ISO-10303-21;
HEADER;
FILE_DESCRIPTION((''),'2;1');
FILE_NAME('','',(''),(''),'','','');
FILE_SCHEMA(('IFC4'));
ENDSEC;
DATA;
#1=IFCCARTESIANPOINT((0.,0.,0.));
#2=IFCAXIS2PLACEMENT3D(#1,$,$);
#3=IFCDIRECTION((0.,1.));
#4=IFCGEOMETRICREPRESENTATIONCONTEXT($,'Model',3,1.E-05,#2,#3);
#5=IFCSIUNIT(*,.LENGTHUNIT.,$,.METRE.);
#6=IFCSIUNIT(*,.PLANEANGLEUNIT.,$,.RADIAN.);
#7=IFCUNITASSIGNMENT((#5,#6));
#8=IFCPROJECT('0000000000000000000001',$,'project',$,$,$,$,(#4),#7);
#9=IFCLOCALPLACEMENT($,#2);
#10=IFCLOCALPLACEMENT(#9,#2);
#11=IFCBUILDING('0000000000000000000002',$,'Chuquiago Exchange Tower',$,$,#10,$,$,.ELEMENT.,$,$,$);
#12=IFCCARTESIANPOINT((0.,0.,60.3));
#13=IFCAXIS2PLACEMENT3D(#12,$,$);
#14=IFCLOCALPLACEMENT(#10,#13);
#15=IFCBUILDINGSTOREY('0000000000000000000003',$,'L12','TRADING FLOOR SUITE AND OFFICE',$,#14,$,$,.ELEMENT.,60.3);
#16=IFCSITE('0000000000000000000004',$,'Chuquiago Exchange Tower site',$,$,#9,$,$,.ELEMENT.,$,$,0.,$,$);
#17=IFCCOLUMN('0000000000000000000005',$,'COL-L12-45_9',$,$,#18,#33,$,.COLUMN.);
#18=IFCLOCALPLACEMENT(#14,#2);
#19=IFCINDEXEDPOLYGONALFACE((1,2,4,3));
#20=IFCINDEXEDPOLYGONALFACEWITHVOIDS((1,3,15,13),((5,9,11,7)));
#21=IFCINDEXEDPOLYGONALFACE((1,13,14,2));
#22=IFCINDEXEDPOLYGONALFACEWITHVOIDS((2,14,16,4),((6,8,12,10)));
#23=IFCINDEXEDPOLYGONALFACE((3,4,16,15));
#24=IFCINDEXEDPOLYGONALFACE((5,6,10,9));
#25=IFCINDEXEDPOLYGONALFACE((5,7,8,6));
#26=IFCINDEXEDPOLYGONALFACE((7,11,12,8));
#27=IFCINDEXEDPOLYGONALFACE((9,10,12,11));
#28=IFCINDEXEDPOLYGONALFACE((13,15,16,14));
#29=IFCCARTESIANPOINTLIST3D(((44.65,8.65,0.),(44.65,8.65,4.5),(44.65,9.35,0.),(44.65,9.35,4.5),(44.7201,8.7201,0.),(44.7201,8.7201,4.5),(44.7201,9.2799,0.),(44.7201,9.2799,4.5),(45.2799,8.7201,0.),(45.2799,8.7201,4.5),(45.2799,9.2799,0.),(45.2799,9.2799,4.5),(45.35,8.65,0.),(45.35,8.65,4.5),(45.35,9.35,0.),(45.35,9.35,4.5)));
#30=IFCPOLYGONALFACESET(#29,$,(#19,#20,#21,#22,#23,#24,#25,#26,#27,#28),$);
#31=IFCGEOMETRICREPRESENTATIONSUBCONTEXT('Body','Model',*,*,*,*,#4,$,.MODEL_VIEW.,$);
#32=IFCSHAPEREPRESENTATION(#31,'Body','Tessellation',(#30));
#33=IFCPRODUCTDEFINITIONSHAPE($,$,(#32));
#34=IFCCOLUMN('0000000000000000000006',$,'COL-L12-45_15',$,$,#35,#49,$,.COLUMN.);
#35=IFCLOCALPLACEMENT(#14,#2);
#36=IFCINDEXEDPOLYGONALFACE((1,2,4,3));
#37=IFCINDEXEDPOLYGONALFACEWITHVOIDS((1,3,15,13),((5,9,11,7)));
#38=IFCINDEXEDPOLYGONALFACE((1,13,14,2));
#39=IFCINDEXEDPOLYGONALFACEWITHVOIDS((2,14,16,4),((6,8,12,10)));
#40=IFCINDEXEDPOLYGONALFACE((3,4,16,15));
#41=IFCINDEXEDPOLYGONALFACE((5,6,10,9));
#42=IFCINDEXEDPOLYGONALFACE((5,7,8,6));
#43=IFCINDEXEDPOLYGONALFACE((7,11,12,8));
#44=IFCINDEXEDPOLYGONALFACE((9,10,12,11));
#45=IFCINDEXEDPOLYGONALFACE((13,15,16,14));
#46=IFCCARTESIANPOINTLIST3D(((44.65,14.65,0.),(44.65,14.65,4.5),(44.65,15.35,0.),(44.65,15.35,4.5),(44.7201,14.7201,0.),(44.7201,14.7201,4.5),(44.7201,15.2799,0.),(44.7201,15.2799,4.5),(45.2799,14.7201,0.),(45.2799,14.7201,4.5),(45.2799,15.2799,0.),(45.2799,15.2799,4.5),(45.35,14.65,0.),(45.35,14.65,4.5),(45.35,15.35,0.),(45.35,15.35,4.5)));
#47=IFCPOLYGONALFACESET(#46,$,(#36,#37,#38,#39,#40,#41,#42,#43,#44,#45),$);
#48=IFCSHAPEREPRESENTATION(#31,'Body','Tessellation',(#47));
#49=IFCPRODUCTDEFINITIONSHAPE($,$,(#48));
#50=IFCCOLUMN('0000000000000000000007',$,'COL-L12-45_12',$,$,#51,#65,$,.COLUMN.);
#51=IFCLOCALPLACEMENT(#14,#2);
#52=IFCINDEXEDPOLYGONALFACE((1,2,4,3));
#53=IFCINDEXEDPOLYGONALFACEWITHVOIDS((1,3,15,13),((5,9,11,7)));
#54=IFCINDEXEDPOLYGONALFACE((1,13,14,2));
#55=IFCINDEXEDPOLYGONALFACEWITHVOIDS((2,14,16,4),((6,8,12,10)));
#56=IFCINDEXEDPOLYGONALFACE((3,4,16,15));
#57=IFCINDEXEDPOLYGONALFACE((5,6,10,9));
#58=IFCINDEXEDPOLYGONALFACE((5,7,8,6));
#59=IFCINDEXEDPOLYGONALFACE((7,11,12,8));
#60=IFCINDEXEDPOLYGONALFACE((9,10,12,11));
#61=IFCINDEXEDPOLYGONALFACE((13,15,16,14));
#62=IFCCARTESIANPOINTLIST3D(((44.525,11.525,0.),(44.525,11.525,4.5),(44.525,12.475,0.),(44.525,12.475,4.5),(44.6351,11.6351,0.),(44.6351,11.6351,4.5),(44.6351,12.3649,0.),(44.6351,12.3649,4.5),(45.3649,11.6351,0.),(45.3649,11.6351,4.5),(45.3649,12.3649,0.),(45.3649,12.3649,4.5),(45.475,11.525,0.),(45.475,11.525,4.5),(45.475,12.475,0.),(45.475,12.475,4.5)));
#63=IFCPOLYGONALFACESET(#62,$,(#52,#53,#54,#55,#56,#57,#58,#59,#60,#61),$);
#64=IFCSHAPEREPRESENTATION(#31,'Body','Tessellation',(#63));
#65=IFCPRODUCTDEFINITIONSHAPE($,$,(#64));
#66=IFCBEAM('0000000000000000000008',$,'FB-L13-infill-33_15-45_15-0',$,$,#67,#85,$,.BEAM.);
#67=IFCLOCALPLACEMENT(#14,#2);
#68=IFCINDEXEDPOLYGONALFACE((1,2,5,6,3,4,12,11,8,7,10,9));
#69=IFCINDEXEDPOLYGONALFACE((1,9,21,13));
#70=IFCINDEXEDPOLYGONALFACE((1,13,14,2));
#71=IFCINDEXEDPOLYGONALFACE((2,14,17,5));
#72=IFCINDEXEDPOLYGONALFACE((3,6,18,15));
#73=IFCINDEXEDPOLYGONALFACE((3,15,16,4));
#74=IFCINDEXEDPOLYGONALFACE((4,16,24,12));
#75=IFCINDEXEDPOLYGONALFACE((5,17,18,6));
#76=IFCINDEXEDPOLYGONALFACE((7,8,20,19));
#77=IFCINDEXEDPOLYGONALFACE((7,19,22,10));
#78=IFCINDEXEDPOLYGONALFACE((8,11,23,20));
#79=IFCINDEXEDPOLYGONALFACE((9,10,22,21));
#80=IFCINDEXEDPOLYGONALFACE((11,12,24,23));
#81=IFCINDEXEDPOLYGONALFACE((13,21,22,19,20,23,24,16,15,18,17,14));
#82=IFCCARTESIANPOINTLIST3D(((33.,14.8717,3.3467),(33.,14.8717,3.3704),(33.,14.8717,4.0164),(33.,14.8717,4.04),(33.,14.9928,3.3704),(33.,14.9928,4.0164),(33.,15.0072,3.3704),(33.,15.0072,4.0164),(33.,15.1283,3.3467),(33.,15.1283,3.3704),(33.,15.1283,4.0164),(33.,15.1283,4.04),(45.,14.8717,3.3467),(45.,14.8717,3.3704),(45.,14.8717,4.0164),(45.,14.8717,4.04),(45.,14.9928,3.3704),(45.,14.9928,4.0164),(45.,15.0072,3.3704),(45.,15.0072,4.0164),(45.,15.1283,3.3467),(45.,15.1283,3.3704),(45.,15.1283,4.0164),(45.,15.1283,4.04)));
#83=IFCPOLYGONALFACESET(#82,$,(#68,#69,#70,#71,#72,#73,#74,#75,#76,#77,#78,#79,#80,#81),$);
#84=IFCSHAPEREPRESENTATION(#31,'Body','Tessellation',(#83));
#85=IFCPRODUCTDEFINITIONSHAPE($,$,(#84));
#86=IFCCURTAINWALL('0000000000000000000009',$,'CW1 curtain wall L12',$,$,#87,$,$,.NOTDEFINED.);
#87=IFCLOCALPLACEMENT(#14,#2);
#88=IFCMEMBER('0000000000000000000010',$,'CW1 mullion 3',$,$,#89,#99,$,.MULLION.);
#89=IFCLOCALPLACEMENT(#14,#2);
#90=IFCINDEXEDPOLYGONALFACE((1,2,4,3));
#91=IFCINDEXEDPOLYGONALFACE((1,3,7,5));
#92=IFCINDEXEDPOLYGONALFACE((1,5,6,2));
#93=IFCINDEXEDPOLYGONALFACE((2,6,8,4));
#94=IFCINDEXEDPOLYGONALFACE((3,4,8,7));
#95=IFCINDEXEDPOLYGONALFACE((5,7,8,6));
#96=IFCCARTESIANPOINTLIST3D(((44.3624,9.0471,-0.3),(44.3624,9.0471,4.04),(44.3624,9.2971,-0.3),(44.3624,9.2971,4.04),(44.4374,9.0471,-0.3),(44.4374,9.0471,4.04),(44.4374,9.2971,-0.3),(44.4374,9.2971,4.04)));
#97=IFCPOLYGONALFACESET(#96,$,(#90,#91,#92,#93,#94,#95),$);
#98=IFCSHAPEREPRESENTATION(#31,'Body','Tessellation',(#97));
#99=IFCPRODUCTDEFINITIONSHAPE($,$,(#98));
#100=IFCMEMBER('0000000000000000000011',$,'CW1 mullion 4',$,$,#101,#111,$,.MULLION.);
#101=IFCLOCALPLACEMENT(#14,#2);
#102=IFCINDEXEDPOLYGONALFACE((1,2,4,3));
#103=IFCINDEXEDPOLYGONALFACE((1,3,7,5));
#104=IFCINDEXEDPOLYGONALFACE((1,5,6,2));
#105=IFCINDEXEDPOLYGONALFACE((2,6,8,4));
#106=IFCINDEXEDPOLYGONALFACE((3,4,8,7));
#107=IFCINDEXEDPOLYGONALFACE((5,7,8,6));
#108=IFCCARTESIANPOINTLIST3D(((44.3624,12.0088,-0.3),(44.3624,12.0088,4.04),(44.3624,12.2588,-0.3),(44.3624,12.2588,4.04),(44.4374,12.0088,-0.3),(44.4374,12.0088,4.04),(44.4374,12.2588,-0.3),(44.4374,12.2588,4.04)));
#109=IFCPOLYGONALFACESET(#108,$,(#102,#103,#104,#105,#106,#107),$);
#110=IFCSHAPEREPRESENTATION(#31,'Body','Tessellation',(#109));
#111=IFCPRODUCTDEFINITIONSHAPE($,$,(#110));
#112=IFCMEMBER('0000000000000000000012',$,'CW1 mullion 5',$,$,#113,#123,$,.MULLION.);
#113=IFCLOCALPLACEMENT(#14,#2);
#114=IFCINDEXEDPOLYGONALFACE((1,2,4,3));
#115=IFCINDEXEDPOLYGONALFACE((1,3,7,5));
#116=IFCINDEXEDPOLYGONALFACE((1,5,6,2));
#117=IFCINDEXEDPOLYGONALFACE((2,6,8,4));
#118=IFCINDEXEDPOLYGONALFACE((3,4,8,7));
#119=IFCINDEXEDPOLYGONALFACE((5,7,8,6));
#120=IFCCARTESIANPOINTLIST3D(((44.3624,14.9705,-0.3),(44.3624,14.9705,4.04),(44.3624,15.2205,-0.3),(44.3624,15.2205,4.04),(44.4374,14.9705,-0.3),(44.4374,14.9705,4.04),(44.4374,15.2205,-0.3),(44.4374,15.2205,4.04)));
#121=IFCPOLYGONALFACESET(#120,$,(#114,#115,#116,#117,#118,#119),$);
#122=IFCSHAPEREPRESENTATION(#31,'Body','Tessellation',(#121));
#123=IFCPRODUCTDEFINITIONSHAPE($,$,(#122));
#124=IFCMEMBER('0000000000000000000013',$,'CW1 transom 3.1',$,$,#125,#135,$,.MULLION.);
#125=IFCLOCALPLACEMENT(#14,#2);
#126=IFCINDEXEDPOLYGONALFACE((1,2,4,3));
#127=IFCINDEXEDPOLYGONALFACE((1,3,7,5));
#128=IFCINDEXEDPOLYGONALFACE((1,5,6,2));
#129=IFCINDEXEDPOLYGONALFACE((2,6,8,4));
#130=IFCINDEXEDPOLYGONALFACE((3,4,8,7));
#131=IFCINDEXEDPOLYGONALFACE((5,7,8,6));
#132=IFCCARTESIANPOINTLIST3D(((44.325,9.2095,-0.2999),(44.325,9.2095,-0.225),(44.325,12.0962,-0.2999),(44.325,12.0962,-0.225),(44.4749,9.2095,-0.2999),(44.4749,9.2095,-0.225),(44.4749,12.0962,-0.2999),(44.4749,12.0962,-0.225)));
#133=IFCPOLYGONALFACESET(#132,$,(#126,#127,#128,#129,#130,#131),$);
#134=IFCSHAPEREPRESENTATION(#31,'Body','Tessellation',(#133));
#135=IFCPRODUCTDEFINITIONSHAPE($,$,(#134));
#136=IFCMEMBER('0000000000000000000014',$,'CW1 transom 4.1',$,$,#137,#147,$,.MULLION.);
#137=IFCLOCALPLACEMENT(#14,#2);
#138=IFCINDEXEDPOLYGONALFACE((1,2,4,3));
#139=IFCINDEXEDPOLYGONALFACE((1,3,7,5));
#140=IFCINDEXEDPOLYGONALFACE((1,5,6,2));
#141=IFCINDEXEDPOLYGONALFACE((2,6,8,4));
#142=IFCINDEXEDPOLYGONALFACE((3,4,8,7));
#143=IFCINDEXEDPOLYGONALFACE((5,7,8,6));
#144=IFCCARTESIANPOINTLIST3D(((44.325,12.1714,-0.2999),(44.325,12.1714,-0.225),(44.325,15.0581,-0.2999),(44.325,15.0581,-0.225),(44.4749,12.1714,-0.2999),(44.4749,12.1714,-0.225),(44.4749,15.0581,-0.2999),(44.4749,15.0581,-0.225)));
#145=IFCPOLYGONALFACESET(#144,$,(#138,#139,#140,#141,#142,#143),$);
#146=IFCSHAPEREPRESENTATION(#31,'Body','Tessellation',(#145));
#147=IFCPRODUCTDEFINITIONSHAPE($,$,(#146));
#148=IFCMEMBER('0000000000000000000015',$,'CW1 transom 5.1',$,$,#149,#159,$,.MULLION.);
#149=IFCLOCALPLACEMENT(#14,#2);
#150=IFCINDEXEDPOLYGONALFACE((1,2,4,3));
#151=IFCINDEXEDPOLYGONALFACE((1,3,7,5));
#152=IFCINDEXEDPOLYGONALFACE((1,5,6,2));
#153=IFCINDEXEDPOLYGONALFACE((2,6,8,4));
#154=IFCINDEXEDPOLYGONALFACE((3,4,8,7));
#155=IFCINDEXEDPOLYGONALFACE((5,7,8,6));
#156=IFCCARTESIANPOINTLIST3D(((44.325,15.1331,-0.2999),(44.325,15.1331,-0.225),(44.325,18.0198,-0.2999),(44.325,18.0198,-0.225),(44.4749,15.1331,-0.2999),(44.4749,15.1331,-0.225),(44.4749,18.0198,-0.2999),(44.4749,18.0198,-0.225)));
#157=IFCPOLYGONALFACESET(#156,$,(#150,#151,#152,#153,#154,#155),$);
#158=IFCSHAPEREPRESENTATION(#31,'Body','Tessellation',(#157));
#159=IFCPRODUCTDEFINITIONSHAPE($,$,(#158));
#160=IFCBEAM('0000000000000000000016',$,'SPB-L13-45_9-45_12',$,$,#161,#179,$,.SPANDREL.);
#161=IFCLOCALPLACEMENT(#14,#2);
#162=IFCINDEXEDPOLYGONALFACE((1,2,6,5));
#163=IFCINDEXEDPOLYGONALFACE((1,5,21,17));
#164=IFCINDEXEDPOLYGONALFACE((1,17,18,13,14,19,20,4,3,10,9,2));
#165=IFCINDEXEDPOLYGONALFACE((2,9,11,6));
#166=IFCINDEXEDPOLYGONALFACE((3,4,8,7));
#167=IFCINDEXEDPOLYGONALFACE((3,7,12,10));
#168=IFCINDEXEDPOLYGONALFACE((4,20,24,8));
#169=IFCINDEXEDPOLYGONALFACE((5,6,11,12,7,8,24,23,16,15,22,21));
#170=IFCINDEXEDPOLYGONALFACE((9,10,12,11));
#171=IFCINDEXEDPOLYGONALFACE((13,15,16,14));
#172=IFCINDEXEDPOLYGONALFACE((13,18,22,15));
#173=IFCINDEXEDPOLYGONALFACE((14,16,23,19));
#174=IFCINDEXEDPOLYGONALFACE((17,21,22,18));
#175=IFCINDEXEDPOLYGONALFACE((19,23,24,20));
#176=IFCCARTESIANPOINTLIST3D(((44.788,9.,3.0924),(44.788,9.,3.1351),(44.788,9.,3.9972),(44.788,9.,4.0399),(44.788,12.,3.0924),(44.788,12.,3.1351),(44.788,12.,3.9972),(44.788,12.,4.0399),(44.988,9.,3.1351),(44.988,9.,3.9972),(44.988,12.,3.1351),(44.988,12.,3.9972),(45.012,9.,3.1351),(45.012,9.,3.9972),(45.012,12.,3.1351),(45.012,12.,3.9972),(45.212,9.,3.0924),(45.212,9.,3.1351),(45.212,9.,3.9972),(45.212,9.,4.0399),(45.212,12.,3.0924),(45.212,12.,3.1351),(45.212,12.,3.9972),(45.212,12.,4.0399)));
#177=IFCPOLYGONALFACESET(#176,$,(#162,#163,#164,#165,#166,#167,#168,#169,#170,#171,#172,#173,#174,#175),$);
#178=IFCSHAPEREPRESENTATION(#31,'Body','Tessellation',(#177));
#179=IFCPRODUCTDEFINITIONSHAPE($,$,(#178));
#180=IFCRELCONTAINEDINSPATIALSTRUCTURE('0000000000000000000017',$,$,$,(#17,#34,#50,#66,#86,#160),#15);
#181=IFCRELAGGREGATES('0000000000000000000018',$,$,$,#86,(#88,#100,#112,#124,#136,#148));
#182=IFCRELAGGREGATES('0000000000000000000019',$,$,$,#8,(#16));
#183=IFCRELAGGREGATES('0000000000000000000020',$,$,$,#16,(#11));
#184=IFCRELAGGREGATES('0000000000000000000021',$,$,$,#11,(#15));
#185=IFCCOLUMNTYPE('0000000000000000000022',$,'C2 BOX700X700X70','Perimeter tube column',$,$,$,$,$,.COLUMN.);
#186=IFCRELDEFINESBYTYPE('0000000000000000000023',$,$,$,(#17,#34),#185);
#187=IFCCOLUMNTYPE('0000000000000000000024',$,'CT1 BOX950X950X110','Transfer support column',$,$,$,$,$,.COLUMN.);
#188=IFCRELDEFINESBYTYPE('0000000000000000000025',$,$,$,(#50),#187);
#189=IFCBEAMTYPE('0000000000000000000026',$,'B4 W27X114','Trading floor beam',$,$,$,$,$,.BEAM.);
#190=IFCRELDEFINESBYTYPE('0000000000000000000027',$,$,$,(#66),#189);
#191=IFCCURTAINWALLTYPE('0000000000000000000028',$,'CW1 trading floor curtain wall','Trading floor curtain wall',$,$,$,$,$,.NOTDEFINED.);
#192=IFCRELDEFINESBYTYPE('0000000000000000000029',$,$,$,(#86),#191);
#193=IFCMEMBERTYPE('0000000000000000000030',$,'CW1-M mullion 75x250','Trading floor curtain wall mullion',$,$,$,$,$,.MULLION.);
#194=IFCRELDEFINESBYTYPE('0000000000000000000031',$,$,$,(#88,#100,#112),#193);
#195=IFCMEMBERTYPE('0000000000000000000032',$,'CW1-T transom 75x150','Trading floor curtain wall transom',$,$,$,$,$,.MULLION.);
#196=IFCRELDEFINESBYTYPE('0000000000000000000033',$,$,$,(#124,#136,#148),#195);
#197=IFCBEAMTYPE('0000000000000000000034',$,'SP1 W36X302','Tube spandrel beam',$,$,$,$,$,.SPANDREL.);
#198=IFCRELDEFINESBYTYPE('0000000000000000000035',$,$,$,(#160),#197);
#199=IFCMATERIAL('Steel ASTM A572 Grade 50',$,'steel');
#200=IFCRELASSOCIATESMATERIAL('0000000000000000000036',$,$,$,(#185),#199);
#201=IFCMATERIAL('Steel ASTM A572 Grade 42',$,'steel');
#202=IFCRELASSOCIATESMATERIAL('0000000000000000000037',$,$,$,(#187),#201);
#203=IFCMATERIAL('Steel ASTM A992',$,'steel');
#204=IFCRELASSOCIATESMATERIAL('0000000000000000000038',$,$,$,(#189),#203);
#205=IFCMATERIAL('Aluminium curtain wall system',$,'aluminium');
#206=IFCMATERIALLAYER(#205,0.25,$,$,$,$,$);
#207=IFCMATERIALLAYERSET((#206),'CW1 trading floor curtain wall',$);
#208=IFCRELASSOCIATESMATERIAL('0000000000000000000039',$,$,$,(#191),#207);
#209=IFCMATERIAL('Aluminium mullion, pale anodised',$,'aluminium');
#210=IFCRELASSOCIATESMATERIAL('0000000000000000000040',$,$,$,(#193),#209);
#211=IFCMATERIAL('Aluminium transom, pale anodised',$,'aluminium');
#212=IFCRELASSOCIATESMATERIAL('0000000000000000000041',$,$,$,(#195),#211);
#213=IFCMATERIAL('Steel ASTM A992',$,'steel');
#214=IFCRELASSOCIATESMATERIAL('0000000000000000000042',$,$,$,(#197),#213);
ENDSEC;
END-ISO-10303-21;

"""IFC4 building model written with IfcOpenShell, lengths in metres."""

from ifc_helpers import new_model, si_unit, direction, frame, origin, origin_2d, place, context, subcontext, project, spatial, rectangle, hollow_rectangle, i_section, extrude, material, layer, layer_set, material_profile, profile_set, type_object, element, aggregate, save


model = new_model("IFC4")

# Units and contexts
model_context = context("Model", 3, precision=1e-05, world=origin(), true_north=direction((0.0, 1.0)))
body_context = subcontext(model_context, "Body", "Model", "MODEL_VIEW")
ifc_project = project(units=[si_unit("LENGTHUNIT", "METRE"), si_unit("PLANEANGLEUNIT", "RADIAN")], contexts=[model_context])

# Site, building, storey
site_placement = place(None, origin())
site = spatial("IfcSite", under=ifc_project, at=site_placement, Name="Chuquiago Exchange Tower site", CompositionType="ELEMENT", RefElevation=0.0)
building_placement = place(site_placement, origin())
building = spatial("IfcBuilding", under=site, at=building_placement, Name="Chuquiago Exchange Tower", CompositionType="ELEMENT")
storey_placement = place(building_placement, frame((0.0, 0.0, 60.3)))
storey = spatial("IfcBuildingStorey", under=building, at=storey_placement, Name="L12", Description="TRADING FLOOR SUITE AND OFFICE", CompositionType="ELEMENT", Elevation=60.3)

# Columns
ifc_material_1 = material(Name="Steel ASTM A572 Grade 50", Category="steel")
ifc_material_profile_1 = material_profile(ifc_material_1, hollow_rectangle(XDim=0.7, YDim=0.7, WallThickness=0.0701, at=origin_2d()), Name="BOX700X700X70")
ifc_profile_set_1 = profile_set([ifc_material_profile_1], Name="Steel ASTM A572 Grade 50")
column_type_1 = type_object("IfcColumnType", Name="C2 BOX700X700X70", Description="Perimeter tube column", PredefinedType="COLUMN", material=ifc_profile_set_1)
for number, where, z_axis, x_axis, name in (
    (1, (45.0, 9.0, 0.0), (0.0, 0.0, 1.0), (1.0, 0.0, 0.0), "COL-L12-45_9"),
    (2, (45.0, 15.0, 0.0), (0.0, 0.0, 1.0), (1.0, 0.0, 0.0), "COL-L12-45_15"),
):
    element("IfcColumn", number, at=place(storey_placement, frame(where, z_axis=z_axis, x_axis=x_axis)), inside=storey, type_object=column_type_1, Name=name, PredefinedType="COLUMN", context=body_context, shape_type="SweptSolid", body=[
        extrude(hollow_rectangle(XDim=0.7, YDim=0.7, WallThickness=0.0701, at=origin_2d()), origin(), (0.0, 0.0, 1.0), 4.5),
    ])
ifc_material_2 = material(Name="Steel ASTM A572 Grade 42", Category="steel")
ifc_material_profile_2 = material_profile(ifc_material_2, hollow_rectangle(XDim=0.95, YDim=0.95, WallThickness=0.1101, at=origin_2d()), Name="BOX950X950X110")
ifc_profile_set_2 = profile_set([ifc_material_profile_2], Name="Steel ASTM A572 Grade 42")
column_type_2 = type_object("IfcColumnType", Name="CT1 BOX950X950X110", Description="Transfer support column", PredefinedType="COLUMN", material=ifc_profile_set_2)
column_placement = place(storey_placement, frame((45.0, 12.0, 0.0), z_axis=(0.0, 0.0, 1.0), x_axis=(1.0, 0.0, 0.0)))
element("IfcColumn", 3, at=column_placement, inside=storey, type_object=column_type_2, Name="COL-L12-45_12", PredefinedType="COLUMN", context=body_context, shape_type="SweptSolid", body=[
    extrude(hollow_rectangle(XDim=0.95, YDim=0.95, WallThickness=0.1101, at=origin_2d()), origin(), (0.0, 0.0, 1.0), 4.5),
])

# Beam
ifc_material_3 = material(Name="Steel ASTM A992", Category="steel")
ifc_material_profile_3 = material_profile(ifc_material_3, i_section(OverallWidth=0.2566, OverallDepth=0.6934, WebThickness=0.0144, FlangeThickness=0.0237, at=origin_2d()), Name="W27X114")
ifc_profile_set_3 = profile_set([ifc_material_profile_3], Name="Steel ASTM A992")
beam_type_1 = type_object("IfcBeamType", Name="B4 W27X114", Description="Trading floor beam", PredefinedType="BEAM", material=ifc_profile_set_3)
beam_placement = place(storey_placement, frame((33.0, 15.0, 3.6934), z_axis=(1.0, 0.0, 0.0), x_axis=(0.0, 1.0, 0.0)))
element("IfcBeam", 4, at=beam_placement, inside=storey, type_object=beam_type_1, Name="FB-L13-infill-33_15-45_15-0", PredefinedType="BEAM", context=body_context, shape_type="SweptSolid", body=[
    extrude(i_section(OverallWidth=0.2566, OverallDepth=0.6934, WebThickness=0.0144, FlangeThickness=0.0237, at=origin_2d()), origin(), (0.0, 0.0, 1.0), 12.0),
])

# Curtain wall, members
ifc_material_4 = material(Name="Aluminium curtain wall system", Category="aluminium")
ifc_layer_1 = layer(ifc_material_4, 0.25)
ifc_layer_set_1 = layer_set([ifc_layer_1], Name="CW1 trading floor curtain wall")
curtain_wall_type = type_object("IfcCurtainWallType", Name="CW1 trading floor curtain wall", Description="Trading floor curtain wall", PredefinedType="NOTDEFINED", material=ifc_layer_set_1)
curtain_wall_placement = place(storey_placement, origin())
curtain_wall = element("IfcCurtainWall", 5, at=curtain_wall_placement, inside=storey, type_object=curtain_wall_type, Name="CW1 curtain wall L12", PredefinedType="NOTDEFINED")
ifc_material_5 = material(Name="Aluminium mullion, pale anodised", Category="aluminium")
ifc_material_profile_4 = material_profile(ifc_material_5, rectangle(XDim=0.075, YDim=0.25, at=origin_2d()), Name="AL 75x250")
ifc_profile_set_4 = profile_set([ifc_material_profile_4], Name="Aluminium mullion, pale anodised")
member_type_1 = type_object("IfcMemberType", Name="CW1-M mullion 75x250", Description="Trading floor curtain wall mullion", PredefinedType="MULLION", material=ifc_profile_set_4)
member_1_placement = place(storey_placement, frame((44.3999, 9.1721, -0.3), z_axis=(0.0, 0.0, 1.0), x_axis=(-1.0, 0.0, 0.0)))
member_1 = element("IfcMember", 6, at=member_1_placement, type_object=member_type_1, Name="CW1 mullion 3", PredefinedType="MULLION", context=body_context, shape_type="SweptSolid", body=[
    extrude(rectangle(XDim=0.075, YDim=0.25, at=origin_2d()), origin(), (0.0, 0.0, 1.0), 4.3401),
])
member_2_placement = place(storey_placement, frame((44.3999, 12.1338, -0.3), z_axis=(0.0, 0.0, 1.0), x_axis=(-1.0, 0.0, 0.0)))
member_2 = element("IfcMember", 7, at=member_2_placement, type_object=member_type_1, Name="CW1 mullion 4", PredefinedType="MULLION", context=body_context, shape_type="SweptSolid", body=[
    extrude(rectangle(XDim=0.075, YDim=0.25, at=origin_2d()), origin(), (0.0, 0.0, 1.0), 4.3401),
])
member_3_placement = place(storey_placement, frame((44.3999, 15.0955, -0.3), z_axis=(0.0, 0.0, 1.0), x_axis=(-1.0, 0.0, 0.0)))
member_3 = element("IfcMember", 8, at=member_3_placement, type_object=member_type_1, Name="CW1 mullion 5", PredefinedType="MULLION", context=body_context, shape_type="SweptSolid", body=[
    extrude(rectangle(XDim=0.075, YDim=0.25, at=origin_2d()), origin(), (0.0, 0.0, 1.0), 4.3401),
])
ifc_material_6 = material(Name="Aluminium transom, pale anodised", Category="aluminium")
ifc_material_profile_5 = material_profile(ifc_material_6, rectangle(XDim=0.1499, YDim=0.075, at=origin_2d()), Name="AL 150x75")
ifc_profile_set_5 = profile_set([ifc_material_profile_5], Name="Aluminium transom, pale anodised")
member_type_2 = type_object("IfcMemberType", Name="CW1-T transom 75x150", Description="Trading floor curtain wall transom", PredefinedType="MULLION", material=ifc_profile_set_5)
member_4_placement = place(storey_placement, frame((44.3999, 9.2095, -0.2625), z_axis=(0.0, 1.0, 0.0), x_axis=(-1.0, 0.0, 0.0)))
member_4 = element("IfcMember", 9, at=member_4_placement, type_object=member_type_2, Name="CW1 transom 3.1", PredefinedType="MULLION", context=body_context, shape_type="SweptSolid", body=[
    extrude(rectangle(XDim=0.1499, YDim=0.075, at=origin_2d()), origin(), (0.0, 0.0, 1.0), 2.8867),
])
member_5_placement = place(storey_placement, frame((44.3999, 12.1714, -0.2625), z_axis=(0.0, 1.0, 0.0), x_axis=(-1.0, 0.0, 0.0)))
member_5 = element("IfcMember", 10, at=member_5_placement, type_object=member_type_2, Name="CW1 transom 4.1", PredefinedType="MULLION", context=body_context, shape_type="SweptSolid", body=[
    extrude(rectangle(XDim=0.1499, YDim=0.075, at=origin_2d()), origin(), (0.0, 0.0, 1.0), 2.8867),
])
member_6_placement = place(storey_placement, frame((44.3999, 15.1331, -0.2625), z_axis=(0.0, 1.0, 0.0), x_axis=(-1.0, 0.0, 0.0)))
member_6 = element("IfcMember", 11, at=member_6_placement, type_object=member_type_2, Name="CW1 transom 5.1", PredefinedType="MULLION", context=body_context, shape_type="SweptSolid", body=[
    extrude(rectangle(XDim=0.1499, YDim=0.075, at=origin_2d()), origin(), (0.0, 0.0, 1.0), 2.8867),
])

# Beam
ifc_material_7 = material(Name="Steel ASTM A992", Category="steel")
ifc_material_profile_6 = material_profile(ifc_material_7, i_section(OverallWidth=0.4241, OverallDepth=0.9475, WebThickness=0.0239, FlangeThickness=0.0427, at=origin_2d()), Name="W36X302")
ifc_profile_set_6 = profile_set([ifc_material_profile_6], Name="Steel ASTM A992")
beam_type_2 = type_object("IfcBeamType", Name="SP1 W36X302", Description="Tube spandrel beam", PredefinedType="SPANDREL", material=ifc_profile_set_6)
for number, where, z_axis, x_axis, name in (
    (12, (45.0, 9.0, 3.5662), (0.0, 1.0, 0.0), (-1.0, 0.0, 0.0), "SPB-L13-45_9-45_12"),
):
    element("IfcBeam", number, at=place(storey_placement, frame(where, z_axis=z_axis, x_axis=x_axis)), inside=storey, type_object=beam_type_2, Name=name, PredefinedType="SPANDREL", context=body_context, shape_type="SweptSolid", body=[
        extrude(i_section(OverallWidth=0.4241, OverallDepth=0.9475, WebThickness=0.0239, FlangeThickness=0.0427, at=origin_2d()), origin(), (0.0, 0.0, 1.0), 3.0),
    ])

aggregate(curtain_wall, [member_1, member_2, member_3, member_4, member_5, member_6])

save(model, "model.ifc")
